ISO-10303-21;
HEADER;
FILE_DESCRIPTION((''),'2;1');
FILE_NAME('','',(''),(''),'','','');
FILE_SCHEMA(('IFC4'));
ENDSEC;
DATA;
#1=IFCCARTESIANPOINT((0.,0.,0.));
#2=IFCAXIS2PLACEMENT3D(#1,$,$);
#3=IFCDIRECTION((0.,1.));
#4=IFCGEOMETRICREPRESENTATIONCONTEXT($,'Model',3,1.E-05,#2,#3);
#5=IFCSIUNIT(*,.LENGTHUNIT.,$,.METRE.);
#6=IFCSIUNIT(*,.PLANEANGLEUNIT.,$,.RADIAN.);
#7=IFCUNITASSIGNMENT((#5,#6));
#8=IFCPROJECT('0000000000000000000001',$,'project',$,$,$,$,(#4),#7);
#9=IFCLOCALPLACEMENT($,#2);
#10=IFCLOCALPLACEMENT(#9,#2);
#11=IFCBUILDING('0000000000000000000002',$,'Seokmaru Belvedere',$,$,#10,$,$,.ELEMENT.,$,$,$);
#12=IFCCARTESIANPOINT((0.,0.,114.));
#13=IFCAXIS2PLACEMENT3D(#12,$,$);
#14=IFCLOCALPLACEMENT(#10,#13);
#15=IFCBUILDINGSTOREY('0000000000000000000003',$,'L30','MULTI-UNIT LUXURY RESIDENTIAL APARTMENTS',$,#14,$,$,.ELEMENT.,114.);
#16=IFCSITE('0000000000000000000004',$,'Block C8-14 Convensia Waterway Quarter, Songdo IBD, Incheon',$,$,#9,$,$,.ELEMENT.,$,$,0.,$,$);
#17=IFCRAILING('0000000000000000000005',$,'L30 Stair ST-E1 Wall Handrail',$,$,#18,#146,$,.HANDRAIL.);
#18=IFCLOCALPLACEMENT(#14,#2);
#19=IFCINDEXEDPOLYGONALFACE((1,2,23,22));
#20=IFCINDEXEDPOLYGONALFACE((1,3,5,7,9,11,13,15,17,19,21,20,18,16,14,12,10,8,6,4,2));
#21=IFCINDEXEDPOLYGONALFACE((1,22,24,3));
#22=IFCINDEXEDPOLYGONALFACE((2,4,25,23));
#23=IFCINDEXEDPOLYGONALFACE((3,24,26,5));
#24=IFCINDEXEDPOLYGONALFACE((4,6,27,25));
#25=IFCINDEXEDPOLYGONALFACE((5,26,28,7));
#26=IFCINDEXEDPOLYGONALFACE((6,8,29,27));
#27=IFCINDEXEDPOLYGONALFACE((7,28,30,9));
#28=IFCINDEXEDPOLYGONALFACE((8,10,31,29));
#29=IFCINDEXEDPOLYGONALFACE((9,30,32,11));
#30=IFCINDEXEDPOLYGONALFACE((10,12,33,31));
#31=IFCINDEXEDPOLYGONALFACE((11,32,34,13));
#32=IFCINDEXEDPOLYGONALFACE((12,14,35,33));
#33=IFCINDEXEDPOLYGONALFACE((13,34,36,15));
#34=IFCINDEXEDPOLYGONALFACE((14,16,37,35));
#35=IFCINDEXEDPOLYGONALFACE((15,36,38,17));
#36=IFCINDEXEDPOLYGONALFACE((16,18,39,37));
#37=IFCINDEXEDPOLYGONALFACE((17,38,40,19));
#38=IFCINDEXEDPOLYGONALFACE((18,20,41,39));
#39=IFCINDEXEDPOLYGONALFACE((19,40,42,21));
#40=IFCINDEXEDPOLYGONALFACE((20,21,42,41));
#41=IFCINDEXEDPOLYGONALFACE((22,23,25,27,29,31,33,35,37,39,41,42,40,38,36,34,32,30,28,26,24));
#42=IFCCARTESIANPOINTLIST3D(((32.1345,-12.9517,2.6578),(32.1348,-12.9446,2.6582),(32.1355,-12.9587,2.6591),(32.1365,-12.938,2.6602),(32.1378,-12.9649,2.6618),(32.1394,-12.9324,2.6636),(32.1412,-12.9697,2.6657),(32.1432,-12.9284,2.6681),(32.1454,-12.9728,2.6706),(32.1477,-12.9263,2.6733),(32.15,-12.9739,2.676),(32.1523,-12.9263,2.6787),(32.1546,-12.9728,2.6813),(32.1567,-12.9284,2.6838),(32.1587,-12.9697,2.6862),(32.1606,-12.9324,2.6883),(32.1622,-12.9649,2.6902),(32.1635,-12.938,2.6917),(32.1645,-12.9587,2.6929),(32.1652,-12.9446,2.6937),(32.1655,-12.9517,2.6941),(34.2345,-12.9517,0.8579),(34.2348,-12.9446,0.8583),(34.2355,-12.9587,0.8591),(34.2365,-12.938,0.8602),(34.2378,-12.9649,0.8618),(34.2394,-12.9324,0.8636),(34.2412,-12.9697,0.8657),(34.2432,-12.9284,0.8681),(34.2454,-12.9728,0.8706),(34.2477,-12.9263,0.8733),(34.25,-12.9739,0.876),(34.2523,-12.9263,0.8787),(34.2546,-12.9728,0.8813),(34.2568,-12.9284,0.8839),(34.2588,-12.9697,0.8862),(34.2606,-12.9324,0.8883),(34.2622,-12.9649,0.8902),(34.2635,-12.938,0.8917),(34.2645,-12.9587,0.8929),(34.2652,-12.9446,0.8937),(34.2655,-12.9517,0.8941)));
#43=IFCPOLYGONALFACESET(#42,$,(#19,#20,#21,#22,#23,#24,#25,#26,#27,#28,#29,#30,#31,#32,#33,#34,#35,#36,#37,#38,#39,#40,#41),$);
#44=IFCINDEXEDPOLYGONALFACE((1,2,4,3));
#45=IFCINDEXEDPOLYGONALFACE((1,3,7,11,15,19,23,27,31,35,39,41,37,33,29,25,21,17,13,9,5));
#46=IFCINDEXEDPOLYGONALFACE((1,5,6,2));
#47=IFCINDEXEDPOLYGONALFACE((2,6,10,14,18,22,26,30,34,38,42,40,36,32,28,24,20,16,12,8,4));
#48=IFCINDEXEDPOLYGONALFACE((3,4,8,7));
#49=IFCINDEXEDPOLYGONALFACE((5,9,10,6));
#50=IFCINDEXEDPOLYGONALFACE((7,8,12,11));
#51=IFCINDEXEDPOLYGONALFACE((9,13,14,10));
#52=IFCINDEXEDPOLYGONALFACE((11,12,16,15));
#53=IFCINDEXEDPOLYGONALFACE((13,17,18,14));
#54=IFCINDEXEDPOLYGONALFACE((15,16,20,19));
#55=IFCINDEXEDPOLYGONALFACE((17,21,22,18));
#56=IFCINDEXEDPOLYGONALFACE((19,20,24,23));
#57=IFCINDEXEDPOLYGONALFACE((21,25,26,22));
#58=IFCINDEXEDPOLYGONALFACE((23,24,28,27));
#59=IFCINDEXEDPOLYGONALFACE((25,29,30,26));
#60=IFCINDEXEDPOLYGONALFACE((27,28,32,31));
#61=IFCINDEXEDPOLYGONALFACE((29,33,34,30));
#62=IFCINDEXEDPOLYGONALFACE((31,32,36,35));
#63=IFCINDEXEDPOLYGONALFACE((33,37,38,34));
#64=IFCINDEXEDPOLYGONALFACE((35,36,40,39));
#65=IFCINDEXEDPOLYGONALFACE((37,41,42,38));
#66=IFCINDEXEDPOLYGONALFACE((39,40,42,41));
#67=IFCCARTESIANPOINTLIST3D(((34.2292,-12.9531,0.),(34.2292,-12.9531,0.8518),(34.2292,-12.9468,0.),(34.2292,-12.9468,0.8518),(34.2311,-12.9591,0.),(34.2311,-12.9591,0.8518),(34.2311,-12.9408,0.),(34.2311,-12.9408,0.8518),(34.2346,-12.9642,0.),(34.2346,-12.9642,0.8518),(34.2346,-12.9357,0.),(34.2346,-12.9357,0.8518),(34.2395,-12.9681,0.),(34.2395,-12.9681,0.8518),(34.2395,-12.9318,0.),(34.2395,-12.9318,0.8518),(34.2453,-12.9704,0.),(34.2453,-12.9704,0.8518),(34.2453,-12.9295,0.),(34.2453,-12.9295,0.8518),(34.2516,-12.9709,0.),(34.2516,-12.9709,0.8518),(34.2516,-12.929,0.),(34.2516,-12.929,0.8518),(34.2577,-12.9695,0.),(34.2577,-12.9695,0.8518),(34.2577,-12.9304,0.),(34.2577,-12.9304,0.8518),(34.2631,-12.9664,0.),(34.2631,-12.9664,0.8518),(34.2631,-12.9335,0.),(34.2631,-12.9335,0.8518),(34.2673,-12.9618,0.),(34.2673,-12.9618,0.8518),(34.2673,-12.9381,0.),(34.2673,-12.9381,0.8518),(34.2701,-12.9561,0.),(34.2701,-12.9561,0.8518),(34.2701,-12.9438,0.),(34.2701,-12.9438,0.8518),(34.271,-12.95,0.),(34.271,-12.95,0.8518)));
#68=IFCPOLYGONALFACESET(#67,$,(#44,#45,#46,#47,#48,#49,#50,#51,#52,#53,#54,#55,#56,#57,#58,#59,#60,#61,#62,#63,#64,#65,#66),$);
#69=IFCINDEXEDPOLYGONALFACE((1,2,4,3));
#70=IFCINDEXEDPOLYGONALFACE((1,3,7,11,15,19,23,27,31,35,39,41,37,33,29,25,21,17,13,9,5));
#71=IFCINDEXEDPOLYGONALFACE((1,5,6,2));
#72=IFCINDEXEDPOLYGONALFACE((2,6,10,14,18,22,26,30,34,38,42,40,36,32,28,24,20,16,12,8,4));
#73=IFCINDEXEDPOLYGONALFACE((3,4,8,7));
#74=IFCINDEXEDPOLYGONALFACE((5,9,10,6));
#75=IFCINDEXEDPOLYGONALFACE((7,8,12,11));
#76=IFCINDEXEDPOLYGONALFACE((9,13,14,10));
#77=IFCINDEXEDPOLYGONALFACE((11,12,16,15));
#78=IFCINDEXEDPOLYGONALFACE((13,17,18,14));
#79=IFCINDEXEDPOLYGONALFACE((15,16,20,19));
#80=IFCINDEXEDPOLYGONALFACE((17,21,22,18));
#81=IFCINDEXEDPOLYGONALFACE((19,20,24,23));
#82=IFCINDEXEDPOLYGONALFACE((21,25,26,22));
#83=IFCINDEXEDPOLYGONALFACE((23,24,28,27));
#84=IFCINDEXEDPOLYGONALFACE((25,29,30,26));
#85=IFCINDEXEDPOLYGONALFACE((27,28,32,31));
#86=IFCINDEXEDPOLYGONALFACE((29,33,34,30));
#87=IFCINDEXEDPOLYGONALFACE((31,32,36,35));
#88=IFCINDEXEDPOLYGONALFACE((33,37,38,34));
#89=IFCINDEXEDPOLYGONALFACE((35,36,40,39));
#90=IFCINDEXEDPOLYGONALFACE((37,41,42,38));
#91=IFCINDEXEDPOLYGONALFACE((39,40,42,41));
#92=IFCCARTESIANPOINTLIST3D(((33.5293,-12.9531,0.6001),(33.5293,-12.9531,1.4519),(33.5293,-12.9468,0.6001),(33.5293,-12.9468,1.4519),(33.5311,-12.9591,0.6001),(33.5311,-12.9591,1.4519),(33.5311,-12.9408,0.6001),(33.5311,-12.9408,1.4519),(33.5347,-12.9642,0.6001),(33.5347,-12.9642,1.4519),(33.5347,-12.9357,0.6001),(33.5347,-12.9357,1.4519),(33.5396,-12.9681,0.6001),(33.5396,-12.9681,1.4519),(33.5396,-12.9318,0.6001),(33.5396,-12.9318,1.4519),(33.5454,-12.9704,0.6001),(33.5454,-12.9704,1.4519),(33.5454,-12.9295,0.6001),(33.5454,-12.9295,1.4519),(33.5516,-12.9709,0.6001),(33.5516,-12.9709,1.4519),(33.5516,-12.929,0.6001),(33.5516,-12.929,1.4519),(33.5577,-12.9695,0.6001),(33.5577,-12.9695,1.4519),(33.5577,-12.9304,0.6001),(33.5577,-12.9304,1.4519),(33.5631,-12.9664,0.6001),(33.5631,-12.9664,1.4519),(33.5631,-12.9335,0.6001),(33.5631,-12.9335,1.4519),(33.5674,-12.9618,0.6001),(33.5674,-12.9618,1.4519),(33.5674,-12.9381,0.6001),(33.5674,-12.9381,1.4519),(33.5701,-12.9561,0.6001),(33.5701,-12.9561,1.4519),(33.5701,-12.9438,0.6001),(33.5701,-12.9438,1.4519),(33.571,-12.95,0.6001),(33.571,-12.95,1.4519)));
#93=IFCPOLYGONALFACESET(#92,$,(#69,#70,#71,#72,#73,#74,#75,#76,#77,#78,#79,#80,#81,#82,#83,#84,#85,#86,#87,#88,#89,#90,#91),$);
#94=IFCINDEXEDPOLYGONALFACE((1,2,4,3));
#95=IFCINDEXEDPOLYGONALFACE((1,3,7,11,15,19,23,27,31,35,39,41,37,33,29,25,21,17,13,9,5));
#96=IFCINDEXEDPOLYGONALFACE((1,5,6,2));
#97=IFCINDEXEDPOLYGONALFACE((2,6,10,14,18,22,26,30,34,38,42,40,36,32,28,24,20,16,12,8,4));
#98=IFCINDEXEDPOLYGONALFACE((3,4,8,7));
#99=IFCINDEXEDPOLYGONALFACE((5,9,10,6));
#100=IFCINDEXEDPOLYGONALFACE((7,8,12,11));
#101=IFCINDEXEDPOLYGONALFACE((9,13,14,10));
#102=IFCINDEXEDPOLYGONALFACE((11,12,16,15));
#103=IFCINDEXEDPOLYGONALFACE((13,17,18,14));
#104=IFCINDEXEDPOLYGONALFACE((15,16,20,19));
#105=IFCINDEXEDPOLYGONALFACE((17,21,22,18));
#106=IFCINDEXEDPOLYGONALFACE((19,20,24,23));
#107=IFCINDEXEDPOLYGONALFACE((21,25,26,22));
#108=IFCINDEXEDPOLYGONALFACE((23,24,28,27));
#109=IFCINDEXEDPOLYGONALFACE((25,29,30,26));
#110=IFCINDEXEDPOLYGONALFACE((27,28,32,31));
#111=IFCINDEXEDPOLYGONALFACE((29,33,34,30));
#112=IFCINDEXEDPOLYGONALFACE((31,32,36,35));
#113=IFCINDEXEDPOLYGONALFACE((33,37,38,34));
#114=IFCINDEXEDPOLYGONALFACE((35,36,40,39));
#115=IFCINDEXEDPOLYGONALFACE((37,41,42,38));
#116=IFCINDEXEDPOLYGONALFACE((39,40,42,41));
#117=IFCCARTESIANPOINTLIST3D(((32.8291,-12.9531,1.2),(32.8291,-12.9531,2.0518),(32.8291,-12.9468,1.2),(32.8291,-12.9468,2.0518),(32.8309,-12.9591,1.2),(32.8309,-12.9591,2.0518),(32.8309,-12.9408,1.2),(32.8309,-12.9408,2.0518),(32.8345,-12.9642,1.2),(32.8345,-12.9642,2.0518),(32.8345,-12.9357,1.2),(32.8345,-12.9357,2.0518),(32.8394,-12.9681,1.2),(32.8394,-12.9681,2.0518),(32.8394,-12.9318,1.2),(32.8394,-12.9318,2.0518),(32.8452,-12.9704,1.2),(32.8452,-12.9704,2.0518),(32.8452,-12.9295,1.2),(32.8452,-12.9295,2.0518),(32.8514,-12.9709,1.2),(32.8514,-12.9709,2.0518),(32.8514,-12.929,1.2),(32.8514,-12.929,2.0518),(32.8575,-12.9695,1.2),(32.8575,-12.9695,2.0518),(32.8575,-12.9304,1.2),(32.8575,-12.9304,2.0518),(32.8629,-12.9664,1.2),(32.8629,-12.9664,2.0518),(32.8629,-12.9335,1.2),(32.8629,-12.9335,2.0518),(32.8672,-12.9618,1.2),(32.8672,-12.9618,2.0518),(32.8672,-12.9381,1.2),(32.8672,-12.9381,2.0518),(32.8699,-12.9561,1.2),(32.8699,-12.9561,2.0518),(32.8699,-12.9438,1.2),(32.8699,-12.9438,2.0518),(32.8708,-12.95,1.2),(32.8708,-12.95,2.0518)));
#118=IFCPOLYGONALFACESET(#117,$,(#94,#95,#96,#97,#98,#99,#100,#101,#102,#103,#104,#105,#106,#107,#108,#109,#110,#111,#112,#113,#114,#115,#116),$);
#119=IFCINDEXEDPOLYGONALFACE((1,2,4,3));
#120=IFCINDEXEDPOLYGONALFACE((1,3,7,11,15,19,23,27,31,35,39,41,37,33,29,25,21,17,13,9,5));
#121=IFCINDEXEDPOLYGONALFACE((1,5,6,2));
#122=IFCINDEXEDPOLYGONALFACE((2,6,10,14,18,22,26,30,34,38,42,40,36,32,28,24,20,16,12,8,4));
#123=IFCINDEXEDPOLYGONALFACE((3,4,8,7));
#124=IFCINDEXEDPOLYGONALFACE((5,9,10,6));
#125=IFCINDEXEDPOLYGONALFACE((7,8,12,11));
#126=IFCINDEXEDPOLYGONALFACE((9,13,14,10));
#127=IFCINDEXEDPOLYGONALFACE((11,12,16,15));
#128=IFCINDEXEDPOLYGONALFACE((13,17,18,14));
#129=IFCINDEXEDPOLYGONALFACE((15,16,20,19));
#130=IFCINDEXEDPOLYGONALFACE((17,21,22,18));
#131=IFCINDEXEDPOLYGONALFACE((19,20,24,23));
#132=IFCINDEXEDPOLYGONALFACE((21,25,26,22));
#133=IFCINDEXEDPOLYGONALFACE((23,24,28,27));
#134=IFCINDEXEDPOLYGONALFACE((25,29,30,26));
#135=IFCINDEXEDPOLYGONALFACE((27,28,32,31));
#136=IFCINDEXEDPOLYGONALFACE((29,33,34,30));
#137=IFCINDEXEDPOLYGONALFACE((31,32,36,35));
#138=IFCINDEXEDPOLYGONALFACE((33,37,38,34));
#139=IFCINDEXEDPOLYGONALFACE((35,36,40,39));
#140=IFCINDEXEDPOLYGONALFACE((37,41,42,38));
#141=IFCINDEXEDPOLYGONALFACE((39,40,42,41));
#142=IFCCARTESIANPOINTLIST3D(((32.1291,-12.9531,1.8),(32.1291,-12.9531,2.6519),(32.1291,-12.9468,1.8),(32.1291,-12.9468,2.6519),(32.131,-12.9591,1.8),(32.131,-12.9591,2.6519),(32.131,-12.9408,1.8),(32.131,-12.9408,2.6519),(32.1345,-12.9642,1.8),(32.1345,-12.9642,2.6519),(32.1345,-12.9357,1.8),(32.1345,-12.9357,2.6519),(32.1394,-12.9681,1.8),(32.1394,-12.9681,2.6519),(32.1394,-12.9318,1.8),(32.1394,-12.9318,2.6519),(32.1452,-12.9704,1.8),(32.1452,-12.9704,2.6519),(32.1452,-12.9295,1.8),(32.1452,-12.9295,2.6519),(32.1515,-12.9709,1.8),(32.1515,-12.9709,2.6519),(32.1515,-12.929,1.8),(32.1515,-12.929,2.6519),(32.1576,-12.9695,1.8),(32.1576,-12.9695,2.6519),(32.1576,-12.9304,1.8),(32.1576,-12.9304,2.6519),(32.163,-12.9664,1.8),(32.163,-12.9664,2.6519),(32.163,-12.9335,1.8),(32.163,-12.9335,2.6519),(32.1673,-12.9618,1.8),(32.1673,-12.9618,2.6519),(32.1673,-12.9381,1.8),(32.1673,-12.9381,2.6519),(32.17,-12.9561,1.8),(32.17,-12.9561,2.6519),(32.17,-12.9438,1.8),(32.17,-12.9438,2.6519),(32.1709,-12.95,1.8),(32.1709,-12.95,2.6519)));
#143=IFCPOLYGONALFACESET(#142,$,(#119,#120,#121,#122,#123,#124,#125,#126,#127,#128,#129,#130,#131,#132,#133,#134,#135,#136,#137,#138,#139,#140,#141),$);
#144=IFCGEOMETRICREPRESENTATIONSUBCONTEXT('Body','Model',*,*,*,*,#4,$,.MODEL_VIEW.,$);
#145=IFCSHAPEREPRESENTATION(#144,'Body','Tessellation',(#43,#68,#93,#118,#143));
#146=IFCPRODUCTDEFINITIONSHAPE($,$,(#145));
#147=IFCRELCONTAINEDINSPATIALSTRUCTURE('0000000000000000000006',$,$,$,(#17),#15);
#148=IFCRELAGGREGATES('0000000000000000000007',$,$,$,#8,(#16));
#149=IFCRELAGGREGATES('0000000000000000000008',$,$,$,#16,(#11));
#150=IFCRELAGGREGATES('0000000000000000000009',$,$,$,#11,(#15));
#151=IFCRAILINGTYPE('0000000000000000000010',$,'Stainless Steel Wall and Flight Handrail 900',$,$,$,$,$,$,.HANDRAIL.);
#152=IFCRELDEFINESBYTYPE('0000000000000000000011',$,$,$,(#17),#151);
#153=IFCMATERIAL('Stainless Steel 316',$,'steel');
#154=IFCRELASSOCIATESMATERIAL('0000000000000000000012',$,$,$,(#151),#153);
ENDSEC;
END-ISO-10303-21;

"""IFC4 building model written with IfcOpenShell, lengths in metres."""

from ifc_helpers import new_model, si_unit, direction, frame, origin, origin_2d, place, context, subcontext, project, spatial, circle, extrude, material, type_object, element, save


model = new_model("IFC4")

# Units and contexts
model_context = context("Model", 3, precision=1e-05, world=origin(), true_north=direction((0.0, 1.0)))
body_context = subcontext(model_context, "Body", "Model", "MODEL_VIEW")
ifc_project = project(units=[si_unit("LENGTHUNIT", "METRE"), si_unit("PLANEANGLEUNIT", "RADIAN")], contexts=[model_context])

# Site, building, storey
site_placement = place(None, origin())
site = spatial("IfcSite", under=ifc_project, at=site_placement, Name="Block C8-14 Convensia Waterway Quarter, Songdo IBD, Incheon", CompositionType="ELEMENT", RefElevation=0.0)
building_placement = place(site_placement, origin())
building = spatial("IfcBuilding", under=site, at=building_placement, Name="Seokmaru Belvedere", CompositionType="ELEMENT")
storey_placement = place(building_placement, frame((0.0, 0.0, 114.0)))
storey = spatial("IfcBuildingStorey", under=building, at=storey_placement, Name="L30", Description="MULTI-UNIT LUXURY RESIDENTIAL APARTMENTS", CompositionType="ELEMENT", Elevation=114.0)

# Shared definitions
ifc_material_1 = material(Name="Stainless Steel 316", Category="steel")

# Railing
railing_type_1 = type_object("IfcRailingType", Name="Stainless Steel Wall and Flight Handrail 900", PredefinedType="HANDRAIL", material=ifc_material_1)
railing_1_placement = place(storey_placement, frame((34.25, -12.95, 0.0)))
element("IfcRailing", 1, at=railing_1_placement, inside=storey, type_object=railing_type_1, Name="L30 Stair ST-E1 Wall Handrail", PredefinedType="HANDRAIL", context=body_context, shape_type="SweptSolid", body=[
    extrude(circle(Radius=0.0239, at=origin_2d()), frame((0.0, 0.0, 0.876), z_axis=(-0.759263, 0.0, 0.650784), x_axis=(0.0, -1.0, 0.0)), (0.0, 0.0, 1.0), 2.7659),
    extrude(circle(Radius=0.021, at=origin_2d()), origin(), (0.0, 0.0, 1.0), 0.8518),
    extrude(circle(Radius=0.021, at=origin_2d()), frame((-0.7, 0.0, 0.6001)), (0.0, 0.0, 1.0), 0.8518),
    extrude(circle(Radius=0.021, at=origin_2d()), frame((-1.4001, 0.0, 1.2)), (0.0, 0.0, 1.0), 0.8518),
    extrude(circle(Radius=0.021, at=origin_2d()), frame((-2.1001, 0.0, 1.8)), (0.0, 0.0, 1.0), 0.8518),
])

save(model, "model.ifc")
